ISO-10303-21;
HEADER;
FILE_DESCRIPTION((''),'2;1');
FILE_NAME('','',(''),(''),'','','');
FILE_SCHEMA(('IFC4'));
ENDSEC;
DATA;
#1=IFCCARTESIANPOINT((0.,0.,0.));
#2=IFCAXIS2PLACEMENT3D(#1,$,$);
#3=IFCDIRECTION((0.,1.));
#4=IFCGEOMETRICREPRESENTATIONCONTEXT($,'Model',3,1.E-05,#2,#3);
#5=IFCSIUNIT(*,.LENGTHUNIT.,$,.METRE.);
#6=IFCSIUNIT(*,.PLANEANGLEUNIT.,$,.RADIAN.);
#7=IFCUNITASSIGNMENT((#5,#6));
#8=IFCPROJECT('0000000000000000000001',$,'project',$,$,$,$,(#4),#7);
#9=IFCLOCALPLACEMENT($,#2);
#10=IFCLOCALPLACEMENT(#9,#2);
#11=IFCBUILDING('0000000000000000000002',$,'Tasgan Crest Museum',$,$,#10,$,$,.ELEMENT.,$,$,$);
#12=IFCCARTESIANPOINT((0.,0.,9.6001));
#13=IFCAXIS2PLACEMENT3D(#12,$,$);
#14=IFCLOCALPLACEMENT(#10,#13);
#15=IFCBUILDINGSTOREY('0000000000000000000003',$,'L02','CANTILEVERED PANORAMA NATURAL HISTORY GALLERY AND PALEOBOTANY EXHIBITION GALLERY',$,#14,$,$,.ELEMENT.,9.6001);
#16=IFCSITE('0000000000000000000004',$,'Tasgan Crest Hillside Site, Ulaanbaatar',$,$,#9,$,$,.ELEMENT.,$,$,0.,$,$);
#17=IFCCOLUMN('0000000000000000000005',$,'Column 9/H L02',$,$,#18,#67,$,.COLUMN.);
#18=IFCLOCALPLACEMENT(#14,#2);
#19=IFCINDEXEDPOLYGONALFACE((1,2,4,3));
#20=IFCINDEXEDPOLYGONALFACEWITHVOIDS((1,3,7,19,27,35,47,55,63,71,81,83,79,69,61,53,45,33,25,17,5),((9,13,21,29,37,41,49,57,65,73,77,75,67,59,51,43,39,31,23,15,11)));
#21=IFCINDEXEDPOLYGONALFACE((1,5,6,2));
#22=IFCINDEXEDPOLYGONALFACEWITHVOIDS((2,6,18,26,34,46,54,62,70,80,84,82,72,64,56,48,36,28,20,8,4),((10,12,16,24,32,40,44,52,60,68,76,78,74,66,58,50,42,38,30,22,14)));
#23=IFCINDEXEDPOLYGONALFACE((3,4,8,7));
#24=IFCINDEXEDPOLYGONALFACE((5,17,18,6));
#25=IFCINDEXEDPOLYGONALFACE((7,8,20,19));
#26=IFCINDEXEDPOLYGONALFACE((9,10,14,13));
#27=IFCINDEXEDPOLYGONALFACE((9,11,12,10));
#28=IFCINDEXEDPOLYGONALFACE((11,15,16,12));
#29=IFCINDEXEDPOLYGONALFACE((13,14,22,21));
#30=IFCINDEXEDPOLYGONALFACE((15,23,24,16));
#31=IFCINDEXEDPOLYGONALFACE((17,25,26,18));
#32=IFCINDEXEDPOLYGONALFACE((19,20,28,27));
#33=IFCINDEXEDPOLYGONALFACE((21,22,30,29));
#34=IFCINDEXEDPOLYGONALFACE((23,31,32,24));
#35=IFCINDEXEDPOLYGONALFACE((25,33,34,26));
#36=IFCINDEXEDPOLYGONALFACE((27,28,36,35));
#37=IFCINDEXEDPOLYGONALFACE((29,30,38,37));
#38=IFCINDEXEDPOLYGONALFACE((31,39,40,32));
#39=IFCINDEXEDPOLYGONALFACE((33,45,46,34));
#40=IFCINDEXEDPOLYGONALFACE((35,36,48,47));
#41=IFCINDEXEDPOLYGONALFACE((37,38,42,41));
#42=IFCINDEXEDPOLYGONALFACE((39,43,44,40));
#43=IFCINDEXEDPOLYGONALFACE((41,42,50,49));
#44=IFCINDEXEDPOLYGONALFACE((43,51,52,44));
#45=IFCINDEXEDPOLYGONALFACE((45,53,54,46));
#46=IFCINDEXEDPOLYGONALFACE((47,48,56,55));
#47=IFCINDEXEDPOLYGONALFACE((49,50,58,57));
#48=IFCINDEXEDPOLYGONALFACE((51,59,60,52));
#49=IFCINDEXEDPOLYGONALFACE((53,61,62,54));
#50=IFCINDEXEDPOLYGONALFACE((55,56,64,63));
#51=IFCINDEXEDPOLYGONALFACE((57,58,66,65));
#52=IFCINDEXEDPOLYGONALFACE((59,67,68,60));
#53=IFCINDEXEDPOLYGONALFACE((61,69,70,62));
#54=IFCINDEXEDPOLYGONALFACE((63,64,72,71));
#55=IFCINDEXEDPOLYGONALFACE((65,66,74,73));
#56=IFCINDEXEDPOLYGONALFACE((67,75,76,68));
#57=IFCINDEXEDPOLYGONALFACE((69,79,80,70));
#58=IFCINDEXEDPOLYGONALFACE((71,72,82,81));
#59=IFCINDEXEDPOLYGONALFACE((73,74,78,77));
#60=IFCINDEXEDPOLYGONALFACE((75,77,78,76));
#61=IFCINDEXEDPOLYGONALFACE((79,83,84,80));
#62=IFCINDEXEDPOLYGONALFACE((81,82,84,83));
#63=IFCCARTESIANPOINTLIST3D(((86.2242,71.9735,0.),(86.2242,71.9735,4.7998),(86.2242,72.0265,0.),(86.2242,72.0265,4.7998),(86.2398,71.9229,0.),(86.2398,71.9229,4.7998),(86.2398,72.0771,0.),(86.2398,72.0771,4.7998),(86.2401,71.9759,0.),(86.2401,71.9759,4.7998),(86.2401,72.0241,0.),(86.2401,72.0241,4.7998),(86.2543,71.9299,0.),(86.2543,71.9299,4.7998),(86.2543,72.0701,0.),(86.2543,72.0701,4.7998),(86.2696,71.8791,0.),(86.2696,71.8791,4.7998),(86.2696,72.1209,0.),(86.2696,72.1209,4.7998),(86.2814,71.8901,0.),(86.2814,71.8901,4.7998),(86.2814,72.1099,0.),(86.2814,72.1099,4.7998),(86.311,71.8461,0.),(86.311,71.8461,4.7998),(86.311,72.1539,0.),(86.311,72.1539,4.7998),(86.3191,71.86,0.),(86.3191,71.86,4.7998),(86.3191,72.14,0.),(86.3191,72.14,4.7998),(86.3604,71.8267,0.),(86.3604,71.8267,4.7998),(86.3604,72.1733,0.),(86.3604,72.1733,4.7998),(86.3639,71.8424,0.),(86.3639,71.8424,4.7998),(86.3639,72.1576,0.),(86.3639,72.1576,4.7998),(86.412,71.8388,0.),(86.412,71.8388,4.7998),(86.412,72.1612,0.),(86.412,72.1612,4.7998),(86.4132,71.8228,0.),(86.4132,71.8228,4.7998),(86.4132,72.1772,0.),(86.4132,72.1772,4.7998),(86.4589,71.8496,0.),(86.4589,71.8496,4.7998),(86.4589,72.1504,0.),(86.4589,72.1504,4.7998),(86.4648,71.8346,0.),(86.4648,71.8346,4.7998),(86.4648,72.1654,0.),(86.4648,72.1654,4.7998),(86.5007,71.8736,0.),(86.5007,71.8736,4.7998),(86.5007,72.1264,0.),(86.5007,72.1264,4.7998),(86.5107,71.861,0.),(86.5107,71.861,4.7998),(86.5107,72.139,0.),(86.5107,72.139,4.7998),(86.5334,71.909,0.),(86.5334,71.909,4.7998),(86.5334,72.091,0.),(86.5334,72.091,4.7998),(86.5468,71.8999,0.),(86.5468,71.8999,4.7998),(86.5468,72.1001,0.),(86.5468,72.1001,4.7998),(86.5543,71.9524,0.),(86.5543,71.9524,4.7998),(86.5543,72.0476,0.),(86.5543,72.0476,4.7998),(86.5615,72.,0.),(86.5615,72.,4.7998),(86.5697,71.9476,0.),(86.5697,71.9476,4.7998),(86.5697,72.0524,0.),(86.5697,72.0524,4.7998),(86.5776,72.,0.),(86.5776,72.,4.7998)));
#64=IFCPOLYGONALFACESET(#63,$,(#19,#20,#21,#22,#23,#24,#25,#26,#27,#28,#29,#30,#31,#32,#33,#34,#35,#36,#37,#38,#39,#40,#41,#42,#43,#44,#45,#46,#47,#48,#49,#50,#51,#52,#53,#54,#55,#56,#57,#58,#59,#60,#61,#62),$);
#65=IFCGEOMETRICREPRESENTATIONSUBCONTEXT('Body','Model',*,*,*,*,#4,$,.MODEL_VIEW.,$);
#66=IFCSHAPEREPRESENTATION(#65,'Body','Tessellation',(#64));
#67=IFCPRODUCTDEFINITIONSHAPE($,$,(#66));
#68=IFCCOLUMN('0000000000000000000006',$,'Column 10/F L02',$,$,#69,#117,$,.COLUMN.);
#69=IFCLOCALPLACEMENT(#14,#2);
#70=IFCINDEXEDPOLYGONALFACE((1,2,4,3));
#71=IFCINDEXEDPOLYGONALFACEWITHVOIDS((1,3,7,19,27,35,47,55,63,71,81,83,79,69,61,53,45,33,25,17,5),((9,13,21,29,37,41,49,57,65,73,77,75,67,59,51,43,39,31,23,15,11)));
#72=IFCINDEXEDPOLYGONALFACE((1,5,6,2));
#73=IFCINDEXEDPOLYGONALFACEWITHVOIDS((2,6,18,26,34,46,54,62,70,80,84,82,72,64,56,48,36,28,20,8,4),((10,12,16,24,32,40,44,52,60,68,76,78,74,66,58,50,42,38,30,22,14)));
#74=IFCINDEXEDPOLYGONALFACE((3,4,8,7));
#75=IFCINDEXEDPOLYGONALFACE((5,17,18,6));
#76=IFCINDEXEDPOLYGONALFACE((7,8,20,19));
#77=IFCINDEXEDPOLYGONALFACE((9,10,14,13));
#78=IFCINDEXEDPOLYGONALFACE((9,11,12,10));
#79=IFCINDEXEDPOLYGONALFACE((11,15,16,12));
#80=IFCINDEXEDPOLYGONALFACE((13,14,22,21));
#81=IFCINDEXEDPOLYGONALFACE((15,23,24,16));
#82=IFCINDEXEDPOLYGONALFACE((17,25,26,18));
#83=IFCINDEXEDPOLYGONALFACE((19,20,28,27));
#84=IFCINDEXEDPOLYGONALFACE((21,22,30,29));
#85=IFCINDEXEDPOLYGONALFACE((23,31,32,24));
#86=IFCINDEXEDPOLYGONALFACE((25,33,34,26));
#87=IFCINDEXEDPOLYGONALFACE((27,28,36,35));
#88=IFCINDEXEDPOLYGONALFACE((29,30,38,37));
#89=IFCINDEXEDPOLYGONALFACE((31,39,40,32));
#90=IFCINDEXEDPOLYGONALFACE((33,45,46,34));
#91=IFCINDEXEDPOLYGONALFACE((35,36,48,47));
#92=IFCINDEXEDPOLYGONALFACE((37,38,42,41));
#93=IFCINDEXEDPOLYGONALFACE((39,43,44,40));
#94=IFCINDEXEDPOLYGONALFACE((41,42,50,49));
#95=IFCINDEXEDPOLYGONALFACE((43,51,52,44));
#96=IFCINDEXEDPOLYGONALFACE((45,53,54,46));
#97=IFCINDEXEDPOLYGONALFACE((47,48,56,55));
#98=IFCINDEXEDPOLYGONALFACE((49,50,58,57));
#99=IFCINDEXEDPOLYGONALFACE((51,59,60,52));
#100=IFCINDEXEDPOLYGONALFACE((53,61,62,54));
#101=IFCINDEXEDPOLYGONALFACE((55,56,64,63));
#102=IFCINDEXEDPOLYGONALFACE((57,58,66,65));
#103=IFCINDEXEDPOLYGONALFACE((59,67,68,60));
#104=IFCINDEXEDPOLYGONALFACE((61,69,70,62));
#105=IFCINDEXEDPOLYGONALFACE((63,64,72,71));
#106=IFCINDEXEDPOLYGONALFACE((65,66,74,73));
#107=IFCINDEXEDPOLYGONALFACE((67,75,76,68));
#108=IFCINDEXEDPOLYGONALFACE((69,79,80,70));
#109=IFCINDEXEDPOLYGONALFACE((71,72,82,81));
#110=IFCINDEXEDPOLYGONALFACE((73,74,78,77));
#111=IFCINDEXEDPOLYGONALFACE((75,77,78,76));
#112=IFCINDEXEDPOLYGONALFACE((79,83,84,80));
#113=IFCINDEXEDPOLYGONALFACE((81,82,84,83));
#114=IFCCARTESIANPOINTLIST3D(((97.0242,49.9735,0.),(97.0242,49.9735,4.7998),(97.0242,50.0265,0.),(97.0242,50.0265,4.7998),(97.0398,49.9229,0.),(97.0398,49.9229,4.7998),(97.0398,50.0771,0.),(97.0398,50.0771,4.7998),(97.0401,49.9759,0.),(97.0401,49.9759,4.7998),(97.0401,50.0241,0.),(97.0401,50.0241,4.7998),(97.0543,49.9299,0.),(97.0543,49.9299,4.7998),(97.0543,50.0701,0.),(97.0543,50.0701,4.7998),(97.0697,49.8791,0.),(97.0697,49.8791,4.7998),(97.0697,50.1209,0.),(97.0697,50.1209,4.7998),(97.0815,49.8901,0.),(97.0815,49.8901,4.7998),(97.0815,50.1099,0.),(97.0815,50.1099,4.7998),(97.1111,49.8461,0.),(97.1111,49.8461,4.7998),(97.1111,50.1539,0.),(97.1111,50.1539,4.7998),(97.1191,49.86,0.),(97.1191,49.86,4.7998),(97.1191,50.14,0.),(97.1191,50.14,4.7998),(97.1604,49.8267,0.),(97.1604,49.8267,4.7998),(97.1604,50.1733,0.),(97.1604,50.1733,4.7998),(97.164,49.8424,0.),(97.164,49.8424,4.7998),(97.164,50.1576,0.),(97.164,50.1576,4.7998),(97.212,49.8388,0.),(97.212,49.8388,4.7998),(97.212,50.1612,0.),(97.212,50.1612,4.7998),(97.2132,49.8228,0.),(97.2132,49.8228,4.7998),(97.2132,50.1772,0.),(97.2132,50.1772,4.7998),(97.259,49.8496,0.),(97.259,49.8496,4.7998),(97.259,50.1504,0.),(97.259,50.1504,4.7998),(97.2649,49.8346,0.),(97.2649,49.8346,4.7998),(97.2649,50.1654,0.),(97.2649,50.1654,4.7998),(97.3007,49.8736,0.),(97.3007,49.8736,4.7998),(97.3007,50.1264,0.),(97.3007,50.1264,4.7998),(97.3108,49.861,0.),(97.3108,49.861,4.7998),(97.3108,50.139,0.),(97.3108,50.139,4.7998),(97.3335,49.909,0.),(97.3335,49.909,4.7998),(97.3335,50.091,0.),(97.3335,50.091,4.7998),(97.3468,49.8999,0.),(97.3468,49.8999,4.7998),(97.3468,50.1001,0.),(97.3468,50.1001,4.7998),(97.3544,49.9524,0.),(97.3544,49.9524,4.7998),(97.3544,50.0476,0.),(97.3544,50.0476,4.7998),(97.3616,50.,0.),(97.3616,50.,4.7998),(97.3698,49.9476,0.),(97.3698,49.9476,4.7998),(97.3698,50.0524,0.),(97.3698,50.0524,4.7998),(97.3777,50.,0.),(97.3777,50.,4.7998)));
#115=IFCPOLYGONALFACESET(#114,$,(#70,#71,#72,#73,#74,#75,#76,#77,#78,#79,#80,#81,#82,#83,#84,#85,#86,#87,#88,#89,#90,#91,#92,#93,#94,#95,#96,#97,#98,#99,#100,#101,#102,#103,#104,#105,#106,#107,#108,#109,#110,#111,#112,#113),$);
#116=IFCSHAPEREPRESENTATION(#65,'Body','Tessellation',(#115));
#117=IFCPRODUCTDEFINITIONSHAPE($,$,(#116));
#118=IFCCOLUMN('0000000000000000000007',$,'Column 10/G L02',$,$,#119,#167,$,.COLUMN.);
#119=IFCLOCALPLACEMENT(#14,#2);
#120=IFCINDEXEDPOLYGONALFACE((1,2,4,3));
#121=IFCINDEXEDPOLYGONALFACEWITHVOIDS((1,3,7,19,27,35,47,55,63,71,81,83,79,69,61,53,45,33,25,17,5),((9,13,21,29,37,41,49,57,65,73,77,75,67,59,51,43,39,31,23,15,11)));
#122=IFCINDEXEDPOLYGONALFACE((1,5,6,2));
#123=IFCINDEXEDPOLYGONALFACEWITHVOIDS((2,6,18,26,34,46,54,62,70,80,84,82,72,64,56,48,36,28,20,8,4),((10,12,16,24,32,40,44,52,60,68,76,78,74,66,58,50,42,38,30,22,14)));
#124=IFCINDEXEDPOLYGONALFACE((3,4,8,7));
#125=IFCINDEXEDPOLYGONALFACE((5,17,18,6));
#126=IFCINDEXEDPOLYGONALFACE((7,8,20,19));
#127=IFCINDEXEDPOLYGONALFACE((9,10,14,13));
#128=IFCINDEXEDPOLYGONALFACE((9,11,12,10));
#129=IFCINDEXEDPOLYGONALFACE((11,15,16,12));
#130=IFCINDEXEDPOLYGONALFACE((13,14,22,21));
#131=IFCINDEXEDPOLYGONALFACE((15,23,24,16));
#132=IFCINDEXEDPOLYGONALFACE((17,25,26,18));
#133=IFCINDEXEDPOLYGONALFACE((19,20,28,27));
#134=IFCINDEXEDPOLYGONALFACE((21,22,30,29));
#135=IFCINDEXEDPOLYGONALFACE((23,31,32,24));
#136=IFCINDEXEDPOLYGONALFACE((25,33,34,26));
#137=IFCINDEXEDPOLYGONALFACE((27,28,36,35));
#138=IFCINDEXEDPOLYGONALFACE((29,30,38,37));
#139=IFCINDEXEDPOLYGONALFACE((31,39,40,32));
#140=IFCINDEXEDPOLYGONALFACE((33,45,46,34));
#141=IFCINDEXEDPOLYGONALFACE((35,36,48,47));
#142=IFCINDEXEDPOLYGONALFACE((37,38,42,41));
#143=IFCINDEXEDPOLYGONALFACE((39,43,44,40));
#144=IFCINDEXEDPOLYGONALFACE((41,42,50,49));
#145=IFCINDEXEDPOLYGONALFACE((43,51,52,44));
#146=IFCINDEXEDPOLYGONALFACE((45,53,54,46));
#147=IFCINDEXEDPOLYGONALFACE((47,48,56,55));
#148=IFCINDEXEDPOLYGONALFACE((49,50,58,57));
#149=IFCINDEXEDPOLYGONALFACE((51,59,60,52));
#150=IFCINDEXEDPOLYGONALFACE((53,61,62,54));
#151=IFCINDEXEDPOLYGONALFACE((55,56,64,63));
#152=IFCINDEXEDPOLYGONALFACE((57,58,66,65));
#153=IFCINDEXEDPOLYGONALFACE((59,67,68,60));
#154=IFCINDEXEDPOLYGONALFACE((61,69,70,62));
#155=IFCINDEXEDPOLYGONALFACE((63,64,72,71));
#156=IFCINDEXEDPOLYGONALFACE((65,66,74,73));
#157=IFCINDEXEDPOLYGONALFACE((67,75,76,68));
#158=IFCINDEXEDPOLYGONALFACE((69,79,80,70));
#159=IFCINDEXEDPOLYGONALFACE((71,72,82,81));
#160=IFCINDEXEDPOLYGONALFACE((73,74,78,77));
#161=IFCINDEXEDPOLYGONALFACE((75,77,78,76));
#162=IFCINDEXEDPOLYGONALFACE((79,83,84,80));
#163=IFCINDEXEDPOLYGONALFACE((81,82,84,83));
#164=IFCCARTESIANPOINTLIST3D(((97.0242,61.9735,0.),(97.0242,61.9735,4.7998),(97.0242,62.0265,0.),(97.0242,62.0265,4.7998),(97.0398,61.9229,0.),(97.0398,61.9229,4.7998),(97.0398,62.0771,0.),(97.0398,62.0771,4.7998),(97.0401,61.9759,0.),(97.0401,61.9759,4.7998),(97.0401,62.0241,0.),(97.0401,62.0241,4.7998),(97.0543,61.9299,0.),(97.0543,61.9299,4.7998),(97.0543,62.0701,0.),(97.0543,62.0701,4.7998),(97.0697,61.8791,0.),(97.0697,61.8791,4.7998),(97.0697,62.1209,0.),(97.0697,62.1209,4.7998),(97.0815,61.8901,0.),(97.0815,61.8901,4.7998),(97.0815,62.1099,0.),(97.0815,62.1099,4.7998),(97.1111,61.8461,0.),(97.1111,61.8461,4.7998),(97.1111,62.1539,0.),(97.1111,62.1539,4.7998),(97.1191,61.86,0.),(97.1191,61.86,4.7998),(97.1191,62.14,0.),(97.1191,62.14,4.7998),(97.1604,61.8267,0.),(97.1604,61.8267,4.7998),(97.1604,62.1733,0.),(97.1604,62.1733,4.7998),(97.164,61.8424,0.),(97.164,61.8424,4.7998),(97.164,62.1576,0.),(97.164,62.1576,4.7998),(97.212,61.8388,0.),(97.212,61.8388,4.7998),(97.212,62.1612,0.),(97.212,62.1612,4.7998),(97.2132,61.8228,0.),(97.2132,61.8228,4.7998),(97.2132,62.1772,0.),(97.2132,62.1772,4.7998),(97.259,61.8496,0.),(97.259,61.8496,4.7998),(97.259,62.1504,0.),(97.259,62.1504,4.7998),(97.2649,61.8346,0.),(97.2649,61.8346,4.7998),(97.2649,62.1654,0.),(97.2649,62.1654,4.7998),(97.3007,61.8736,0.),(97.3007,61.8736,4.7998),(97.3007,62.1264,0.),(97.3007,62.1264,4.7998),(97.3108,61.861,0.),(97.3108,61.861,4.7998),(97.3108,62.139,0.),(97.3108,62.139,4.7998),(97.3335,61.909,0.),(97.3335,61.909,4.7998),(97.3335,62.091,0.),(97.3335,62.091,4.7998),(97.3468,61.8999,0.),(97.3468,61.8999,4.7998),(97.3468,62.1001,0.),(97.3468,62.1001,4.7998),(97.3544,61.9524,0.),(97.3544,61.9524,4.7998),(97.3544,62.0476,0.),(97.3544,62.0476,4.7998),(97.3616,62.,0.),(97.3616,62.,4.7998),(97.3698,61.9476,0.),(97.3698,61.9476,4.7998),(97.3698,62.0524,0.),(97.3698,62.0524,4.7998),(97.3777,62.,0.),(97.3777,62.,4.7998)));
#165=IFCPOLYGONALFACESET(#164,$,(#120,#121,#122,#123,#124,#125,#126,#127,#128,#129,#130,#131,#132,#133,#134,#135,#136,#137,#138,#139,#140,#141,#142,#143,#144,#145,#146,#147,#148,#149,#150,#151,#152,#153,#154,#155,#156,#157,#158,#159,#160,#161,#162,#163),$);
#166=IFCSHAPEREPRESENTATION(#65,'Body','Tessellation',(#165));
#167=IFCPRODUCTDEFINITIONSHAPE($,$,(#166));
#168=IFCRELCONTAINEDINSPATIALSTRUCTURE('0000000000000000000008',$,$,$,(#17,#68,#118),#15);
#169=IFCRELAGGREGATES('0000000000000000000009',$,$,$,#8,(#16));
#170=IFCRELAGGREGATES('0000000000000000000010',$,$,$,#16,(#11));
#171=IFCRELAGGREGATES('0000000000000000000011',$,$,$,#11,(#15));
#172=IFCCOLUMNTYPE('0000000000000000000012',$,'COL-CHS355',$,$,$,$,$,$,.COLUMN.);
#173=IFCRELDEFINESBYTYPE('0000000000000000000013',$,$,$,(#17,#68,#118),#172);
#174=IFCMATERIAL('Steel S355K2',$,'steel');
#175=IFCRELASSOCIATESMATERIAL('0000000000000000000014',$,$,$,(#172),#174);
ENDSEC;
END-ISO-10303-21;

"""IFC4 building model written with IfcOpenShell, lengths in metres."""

from ifc_helpers import new_model, si_unit, direction, frame, origin, origin_2d, place, context, subcontext, project, spatial, hollow_circle, extrude, material, material_profile, profile_set, type_object, element, save


model = new_model("IFC4")

# Units and contexts
model_context = context("Model", 3, precision=1e-05, world=origin(), true_north=direction((0.0, 1.0)))
body_context = subcontext(model_context, "Body", "Model", "MODEL_VIEW")
ifc_project = project(units=[si_unit("LENGTHUNIT", "METRE"), si_unit("PLANEANGLEUNIT", "RADIAN")], contexts=[model_context])

# Site, building, storey
site_placement = place(None, origin())
site = spatial("IfcSite", under=ifc_project, at=site_placement, Name="Tasgan Crest Hillside Site, Ulaanbaatar", CompositionType="ELEMENT", RefElevation=0.0)
building_placement = place(site_placement, origin())
building = spatial("IfcBuilding", under=site, at=building_placement, Name="Tasgan Crest Museum", CompositionType="ELEMENT")
storey_placement = place(building_placement, frame((0.0, 0.0, 9.6001)))
storey = spatial("IfcBuildingStorey", under=building, at=storey_placement, Name="L02", Description="CANTILEVERED PANORAMA NATURAL HISTORY GALLERY AND PALEOBOTANY EXHIBITION GALLERY", CompositionType="ELEMENT", Elevation=9.6001)

# Columns
ifc_material_1 = material(Name="Steel S355K2", Category="steel")
ifc_material_profile_1 = material_profile(ifc_material_1, hollow_circle(Radius=0.1777, WallThickness=0.0161, at=origin_2d()), Name="CHS 355.6x16")
ifc_profile_set_1 = profile_set([ifc_material_profile_1], Name="Steel S355K2")
column_type = type_object("IfcColumnType", Name="COL-CHS355", PredefinedType="COLUMN", material=ifc_profile_set_1)
for number, where, z_axis, x_axis, name in (
    (1, (86.3999, 72.0, 0.0), (0.0, 0.0, 1.0), (1.0, 0.0, 0.0), "Column 9/H L02"),
    (2, (97.2, 50.0, 0.0), (0.0, 0.0, 1.0), (1.0, 0.0, 0.0), "Column 10/F L02"),
    (3, (97.2, 62.0, 0.0), (0.0, 0.0, 1.0), (1.0, 0.0, 0.0), "Column 10/G L02"),
):
    element("IfcColumn", number, at=place(storey_placement, frame(where, z_axis=z_axis, x_axis=x_axis)), inside=storey, type_object=column_type, Name=name, PredefinedType="COLUMN", context=body_context, shape_type="SweptSolid", body=[
        extrude(hollow_circle(Radius=0.1777, WallThickness=0.0161, at=origin_2d()), origin(), (0.0, 0.0, 1.0), 4.7998),
    ])

save(model, "model.ifc")
